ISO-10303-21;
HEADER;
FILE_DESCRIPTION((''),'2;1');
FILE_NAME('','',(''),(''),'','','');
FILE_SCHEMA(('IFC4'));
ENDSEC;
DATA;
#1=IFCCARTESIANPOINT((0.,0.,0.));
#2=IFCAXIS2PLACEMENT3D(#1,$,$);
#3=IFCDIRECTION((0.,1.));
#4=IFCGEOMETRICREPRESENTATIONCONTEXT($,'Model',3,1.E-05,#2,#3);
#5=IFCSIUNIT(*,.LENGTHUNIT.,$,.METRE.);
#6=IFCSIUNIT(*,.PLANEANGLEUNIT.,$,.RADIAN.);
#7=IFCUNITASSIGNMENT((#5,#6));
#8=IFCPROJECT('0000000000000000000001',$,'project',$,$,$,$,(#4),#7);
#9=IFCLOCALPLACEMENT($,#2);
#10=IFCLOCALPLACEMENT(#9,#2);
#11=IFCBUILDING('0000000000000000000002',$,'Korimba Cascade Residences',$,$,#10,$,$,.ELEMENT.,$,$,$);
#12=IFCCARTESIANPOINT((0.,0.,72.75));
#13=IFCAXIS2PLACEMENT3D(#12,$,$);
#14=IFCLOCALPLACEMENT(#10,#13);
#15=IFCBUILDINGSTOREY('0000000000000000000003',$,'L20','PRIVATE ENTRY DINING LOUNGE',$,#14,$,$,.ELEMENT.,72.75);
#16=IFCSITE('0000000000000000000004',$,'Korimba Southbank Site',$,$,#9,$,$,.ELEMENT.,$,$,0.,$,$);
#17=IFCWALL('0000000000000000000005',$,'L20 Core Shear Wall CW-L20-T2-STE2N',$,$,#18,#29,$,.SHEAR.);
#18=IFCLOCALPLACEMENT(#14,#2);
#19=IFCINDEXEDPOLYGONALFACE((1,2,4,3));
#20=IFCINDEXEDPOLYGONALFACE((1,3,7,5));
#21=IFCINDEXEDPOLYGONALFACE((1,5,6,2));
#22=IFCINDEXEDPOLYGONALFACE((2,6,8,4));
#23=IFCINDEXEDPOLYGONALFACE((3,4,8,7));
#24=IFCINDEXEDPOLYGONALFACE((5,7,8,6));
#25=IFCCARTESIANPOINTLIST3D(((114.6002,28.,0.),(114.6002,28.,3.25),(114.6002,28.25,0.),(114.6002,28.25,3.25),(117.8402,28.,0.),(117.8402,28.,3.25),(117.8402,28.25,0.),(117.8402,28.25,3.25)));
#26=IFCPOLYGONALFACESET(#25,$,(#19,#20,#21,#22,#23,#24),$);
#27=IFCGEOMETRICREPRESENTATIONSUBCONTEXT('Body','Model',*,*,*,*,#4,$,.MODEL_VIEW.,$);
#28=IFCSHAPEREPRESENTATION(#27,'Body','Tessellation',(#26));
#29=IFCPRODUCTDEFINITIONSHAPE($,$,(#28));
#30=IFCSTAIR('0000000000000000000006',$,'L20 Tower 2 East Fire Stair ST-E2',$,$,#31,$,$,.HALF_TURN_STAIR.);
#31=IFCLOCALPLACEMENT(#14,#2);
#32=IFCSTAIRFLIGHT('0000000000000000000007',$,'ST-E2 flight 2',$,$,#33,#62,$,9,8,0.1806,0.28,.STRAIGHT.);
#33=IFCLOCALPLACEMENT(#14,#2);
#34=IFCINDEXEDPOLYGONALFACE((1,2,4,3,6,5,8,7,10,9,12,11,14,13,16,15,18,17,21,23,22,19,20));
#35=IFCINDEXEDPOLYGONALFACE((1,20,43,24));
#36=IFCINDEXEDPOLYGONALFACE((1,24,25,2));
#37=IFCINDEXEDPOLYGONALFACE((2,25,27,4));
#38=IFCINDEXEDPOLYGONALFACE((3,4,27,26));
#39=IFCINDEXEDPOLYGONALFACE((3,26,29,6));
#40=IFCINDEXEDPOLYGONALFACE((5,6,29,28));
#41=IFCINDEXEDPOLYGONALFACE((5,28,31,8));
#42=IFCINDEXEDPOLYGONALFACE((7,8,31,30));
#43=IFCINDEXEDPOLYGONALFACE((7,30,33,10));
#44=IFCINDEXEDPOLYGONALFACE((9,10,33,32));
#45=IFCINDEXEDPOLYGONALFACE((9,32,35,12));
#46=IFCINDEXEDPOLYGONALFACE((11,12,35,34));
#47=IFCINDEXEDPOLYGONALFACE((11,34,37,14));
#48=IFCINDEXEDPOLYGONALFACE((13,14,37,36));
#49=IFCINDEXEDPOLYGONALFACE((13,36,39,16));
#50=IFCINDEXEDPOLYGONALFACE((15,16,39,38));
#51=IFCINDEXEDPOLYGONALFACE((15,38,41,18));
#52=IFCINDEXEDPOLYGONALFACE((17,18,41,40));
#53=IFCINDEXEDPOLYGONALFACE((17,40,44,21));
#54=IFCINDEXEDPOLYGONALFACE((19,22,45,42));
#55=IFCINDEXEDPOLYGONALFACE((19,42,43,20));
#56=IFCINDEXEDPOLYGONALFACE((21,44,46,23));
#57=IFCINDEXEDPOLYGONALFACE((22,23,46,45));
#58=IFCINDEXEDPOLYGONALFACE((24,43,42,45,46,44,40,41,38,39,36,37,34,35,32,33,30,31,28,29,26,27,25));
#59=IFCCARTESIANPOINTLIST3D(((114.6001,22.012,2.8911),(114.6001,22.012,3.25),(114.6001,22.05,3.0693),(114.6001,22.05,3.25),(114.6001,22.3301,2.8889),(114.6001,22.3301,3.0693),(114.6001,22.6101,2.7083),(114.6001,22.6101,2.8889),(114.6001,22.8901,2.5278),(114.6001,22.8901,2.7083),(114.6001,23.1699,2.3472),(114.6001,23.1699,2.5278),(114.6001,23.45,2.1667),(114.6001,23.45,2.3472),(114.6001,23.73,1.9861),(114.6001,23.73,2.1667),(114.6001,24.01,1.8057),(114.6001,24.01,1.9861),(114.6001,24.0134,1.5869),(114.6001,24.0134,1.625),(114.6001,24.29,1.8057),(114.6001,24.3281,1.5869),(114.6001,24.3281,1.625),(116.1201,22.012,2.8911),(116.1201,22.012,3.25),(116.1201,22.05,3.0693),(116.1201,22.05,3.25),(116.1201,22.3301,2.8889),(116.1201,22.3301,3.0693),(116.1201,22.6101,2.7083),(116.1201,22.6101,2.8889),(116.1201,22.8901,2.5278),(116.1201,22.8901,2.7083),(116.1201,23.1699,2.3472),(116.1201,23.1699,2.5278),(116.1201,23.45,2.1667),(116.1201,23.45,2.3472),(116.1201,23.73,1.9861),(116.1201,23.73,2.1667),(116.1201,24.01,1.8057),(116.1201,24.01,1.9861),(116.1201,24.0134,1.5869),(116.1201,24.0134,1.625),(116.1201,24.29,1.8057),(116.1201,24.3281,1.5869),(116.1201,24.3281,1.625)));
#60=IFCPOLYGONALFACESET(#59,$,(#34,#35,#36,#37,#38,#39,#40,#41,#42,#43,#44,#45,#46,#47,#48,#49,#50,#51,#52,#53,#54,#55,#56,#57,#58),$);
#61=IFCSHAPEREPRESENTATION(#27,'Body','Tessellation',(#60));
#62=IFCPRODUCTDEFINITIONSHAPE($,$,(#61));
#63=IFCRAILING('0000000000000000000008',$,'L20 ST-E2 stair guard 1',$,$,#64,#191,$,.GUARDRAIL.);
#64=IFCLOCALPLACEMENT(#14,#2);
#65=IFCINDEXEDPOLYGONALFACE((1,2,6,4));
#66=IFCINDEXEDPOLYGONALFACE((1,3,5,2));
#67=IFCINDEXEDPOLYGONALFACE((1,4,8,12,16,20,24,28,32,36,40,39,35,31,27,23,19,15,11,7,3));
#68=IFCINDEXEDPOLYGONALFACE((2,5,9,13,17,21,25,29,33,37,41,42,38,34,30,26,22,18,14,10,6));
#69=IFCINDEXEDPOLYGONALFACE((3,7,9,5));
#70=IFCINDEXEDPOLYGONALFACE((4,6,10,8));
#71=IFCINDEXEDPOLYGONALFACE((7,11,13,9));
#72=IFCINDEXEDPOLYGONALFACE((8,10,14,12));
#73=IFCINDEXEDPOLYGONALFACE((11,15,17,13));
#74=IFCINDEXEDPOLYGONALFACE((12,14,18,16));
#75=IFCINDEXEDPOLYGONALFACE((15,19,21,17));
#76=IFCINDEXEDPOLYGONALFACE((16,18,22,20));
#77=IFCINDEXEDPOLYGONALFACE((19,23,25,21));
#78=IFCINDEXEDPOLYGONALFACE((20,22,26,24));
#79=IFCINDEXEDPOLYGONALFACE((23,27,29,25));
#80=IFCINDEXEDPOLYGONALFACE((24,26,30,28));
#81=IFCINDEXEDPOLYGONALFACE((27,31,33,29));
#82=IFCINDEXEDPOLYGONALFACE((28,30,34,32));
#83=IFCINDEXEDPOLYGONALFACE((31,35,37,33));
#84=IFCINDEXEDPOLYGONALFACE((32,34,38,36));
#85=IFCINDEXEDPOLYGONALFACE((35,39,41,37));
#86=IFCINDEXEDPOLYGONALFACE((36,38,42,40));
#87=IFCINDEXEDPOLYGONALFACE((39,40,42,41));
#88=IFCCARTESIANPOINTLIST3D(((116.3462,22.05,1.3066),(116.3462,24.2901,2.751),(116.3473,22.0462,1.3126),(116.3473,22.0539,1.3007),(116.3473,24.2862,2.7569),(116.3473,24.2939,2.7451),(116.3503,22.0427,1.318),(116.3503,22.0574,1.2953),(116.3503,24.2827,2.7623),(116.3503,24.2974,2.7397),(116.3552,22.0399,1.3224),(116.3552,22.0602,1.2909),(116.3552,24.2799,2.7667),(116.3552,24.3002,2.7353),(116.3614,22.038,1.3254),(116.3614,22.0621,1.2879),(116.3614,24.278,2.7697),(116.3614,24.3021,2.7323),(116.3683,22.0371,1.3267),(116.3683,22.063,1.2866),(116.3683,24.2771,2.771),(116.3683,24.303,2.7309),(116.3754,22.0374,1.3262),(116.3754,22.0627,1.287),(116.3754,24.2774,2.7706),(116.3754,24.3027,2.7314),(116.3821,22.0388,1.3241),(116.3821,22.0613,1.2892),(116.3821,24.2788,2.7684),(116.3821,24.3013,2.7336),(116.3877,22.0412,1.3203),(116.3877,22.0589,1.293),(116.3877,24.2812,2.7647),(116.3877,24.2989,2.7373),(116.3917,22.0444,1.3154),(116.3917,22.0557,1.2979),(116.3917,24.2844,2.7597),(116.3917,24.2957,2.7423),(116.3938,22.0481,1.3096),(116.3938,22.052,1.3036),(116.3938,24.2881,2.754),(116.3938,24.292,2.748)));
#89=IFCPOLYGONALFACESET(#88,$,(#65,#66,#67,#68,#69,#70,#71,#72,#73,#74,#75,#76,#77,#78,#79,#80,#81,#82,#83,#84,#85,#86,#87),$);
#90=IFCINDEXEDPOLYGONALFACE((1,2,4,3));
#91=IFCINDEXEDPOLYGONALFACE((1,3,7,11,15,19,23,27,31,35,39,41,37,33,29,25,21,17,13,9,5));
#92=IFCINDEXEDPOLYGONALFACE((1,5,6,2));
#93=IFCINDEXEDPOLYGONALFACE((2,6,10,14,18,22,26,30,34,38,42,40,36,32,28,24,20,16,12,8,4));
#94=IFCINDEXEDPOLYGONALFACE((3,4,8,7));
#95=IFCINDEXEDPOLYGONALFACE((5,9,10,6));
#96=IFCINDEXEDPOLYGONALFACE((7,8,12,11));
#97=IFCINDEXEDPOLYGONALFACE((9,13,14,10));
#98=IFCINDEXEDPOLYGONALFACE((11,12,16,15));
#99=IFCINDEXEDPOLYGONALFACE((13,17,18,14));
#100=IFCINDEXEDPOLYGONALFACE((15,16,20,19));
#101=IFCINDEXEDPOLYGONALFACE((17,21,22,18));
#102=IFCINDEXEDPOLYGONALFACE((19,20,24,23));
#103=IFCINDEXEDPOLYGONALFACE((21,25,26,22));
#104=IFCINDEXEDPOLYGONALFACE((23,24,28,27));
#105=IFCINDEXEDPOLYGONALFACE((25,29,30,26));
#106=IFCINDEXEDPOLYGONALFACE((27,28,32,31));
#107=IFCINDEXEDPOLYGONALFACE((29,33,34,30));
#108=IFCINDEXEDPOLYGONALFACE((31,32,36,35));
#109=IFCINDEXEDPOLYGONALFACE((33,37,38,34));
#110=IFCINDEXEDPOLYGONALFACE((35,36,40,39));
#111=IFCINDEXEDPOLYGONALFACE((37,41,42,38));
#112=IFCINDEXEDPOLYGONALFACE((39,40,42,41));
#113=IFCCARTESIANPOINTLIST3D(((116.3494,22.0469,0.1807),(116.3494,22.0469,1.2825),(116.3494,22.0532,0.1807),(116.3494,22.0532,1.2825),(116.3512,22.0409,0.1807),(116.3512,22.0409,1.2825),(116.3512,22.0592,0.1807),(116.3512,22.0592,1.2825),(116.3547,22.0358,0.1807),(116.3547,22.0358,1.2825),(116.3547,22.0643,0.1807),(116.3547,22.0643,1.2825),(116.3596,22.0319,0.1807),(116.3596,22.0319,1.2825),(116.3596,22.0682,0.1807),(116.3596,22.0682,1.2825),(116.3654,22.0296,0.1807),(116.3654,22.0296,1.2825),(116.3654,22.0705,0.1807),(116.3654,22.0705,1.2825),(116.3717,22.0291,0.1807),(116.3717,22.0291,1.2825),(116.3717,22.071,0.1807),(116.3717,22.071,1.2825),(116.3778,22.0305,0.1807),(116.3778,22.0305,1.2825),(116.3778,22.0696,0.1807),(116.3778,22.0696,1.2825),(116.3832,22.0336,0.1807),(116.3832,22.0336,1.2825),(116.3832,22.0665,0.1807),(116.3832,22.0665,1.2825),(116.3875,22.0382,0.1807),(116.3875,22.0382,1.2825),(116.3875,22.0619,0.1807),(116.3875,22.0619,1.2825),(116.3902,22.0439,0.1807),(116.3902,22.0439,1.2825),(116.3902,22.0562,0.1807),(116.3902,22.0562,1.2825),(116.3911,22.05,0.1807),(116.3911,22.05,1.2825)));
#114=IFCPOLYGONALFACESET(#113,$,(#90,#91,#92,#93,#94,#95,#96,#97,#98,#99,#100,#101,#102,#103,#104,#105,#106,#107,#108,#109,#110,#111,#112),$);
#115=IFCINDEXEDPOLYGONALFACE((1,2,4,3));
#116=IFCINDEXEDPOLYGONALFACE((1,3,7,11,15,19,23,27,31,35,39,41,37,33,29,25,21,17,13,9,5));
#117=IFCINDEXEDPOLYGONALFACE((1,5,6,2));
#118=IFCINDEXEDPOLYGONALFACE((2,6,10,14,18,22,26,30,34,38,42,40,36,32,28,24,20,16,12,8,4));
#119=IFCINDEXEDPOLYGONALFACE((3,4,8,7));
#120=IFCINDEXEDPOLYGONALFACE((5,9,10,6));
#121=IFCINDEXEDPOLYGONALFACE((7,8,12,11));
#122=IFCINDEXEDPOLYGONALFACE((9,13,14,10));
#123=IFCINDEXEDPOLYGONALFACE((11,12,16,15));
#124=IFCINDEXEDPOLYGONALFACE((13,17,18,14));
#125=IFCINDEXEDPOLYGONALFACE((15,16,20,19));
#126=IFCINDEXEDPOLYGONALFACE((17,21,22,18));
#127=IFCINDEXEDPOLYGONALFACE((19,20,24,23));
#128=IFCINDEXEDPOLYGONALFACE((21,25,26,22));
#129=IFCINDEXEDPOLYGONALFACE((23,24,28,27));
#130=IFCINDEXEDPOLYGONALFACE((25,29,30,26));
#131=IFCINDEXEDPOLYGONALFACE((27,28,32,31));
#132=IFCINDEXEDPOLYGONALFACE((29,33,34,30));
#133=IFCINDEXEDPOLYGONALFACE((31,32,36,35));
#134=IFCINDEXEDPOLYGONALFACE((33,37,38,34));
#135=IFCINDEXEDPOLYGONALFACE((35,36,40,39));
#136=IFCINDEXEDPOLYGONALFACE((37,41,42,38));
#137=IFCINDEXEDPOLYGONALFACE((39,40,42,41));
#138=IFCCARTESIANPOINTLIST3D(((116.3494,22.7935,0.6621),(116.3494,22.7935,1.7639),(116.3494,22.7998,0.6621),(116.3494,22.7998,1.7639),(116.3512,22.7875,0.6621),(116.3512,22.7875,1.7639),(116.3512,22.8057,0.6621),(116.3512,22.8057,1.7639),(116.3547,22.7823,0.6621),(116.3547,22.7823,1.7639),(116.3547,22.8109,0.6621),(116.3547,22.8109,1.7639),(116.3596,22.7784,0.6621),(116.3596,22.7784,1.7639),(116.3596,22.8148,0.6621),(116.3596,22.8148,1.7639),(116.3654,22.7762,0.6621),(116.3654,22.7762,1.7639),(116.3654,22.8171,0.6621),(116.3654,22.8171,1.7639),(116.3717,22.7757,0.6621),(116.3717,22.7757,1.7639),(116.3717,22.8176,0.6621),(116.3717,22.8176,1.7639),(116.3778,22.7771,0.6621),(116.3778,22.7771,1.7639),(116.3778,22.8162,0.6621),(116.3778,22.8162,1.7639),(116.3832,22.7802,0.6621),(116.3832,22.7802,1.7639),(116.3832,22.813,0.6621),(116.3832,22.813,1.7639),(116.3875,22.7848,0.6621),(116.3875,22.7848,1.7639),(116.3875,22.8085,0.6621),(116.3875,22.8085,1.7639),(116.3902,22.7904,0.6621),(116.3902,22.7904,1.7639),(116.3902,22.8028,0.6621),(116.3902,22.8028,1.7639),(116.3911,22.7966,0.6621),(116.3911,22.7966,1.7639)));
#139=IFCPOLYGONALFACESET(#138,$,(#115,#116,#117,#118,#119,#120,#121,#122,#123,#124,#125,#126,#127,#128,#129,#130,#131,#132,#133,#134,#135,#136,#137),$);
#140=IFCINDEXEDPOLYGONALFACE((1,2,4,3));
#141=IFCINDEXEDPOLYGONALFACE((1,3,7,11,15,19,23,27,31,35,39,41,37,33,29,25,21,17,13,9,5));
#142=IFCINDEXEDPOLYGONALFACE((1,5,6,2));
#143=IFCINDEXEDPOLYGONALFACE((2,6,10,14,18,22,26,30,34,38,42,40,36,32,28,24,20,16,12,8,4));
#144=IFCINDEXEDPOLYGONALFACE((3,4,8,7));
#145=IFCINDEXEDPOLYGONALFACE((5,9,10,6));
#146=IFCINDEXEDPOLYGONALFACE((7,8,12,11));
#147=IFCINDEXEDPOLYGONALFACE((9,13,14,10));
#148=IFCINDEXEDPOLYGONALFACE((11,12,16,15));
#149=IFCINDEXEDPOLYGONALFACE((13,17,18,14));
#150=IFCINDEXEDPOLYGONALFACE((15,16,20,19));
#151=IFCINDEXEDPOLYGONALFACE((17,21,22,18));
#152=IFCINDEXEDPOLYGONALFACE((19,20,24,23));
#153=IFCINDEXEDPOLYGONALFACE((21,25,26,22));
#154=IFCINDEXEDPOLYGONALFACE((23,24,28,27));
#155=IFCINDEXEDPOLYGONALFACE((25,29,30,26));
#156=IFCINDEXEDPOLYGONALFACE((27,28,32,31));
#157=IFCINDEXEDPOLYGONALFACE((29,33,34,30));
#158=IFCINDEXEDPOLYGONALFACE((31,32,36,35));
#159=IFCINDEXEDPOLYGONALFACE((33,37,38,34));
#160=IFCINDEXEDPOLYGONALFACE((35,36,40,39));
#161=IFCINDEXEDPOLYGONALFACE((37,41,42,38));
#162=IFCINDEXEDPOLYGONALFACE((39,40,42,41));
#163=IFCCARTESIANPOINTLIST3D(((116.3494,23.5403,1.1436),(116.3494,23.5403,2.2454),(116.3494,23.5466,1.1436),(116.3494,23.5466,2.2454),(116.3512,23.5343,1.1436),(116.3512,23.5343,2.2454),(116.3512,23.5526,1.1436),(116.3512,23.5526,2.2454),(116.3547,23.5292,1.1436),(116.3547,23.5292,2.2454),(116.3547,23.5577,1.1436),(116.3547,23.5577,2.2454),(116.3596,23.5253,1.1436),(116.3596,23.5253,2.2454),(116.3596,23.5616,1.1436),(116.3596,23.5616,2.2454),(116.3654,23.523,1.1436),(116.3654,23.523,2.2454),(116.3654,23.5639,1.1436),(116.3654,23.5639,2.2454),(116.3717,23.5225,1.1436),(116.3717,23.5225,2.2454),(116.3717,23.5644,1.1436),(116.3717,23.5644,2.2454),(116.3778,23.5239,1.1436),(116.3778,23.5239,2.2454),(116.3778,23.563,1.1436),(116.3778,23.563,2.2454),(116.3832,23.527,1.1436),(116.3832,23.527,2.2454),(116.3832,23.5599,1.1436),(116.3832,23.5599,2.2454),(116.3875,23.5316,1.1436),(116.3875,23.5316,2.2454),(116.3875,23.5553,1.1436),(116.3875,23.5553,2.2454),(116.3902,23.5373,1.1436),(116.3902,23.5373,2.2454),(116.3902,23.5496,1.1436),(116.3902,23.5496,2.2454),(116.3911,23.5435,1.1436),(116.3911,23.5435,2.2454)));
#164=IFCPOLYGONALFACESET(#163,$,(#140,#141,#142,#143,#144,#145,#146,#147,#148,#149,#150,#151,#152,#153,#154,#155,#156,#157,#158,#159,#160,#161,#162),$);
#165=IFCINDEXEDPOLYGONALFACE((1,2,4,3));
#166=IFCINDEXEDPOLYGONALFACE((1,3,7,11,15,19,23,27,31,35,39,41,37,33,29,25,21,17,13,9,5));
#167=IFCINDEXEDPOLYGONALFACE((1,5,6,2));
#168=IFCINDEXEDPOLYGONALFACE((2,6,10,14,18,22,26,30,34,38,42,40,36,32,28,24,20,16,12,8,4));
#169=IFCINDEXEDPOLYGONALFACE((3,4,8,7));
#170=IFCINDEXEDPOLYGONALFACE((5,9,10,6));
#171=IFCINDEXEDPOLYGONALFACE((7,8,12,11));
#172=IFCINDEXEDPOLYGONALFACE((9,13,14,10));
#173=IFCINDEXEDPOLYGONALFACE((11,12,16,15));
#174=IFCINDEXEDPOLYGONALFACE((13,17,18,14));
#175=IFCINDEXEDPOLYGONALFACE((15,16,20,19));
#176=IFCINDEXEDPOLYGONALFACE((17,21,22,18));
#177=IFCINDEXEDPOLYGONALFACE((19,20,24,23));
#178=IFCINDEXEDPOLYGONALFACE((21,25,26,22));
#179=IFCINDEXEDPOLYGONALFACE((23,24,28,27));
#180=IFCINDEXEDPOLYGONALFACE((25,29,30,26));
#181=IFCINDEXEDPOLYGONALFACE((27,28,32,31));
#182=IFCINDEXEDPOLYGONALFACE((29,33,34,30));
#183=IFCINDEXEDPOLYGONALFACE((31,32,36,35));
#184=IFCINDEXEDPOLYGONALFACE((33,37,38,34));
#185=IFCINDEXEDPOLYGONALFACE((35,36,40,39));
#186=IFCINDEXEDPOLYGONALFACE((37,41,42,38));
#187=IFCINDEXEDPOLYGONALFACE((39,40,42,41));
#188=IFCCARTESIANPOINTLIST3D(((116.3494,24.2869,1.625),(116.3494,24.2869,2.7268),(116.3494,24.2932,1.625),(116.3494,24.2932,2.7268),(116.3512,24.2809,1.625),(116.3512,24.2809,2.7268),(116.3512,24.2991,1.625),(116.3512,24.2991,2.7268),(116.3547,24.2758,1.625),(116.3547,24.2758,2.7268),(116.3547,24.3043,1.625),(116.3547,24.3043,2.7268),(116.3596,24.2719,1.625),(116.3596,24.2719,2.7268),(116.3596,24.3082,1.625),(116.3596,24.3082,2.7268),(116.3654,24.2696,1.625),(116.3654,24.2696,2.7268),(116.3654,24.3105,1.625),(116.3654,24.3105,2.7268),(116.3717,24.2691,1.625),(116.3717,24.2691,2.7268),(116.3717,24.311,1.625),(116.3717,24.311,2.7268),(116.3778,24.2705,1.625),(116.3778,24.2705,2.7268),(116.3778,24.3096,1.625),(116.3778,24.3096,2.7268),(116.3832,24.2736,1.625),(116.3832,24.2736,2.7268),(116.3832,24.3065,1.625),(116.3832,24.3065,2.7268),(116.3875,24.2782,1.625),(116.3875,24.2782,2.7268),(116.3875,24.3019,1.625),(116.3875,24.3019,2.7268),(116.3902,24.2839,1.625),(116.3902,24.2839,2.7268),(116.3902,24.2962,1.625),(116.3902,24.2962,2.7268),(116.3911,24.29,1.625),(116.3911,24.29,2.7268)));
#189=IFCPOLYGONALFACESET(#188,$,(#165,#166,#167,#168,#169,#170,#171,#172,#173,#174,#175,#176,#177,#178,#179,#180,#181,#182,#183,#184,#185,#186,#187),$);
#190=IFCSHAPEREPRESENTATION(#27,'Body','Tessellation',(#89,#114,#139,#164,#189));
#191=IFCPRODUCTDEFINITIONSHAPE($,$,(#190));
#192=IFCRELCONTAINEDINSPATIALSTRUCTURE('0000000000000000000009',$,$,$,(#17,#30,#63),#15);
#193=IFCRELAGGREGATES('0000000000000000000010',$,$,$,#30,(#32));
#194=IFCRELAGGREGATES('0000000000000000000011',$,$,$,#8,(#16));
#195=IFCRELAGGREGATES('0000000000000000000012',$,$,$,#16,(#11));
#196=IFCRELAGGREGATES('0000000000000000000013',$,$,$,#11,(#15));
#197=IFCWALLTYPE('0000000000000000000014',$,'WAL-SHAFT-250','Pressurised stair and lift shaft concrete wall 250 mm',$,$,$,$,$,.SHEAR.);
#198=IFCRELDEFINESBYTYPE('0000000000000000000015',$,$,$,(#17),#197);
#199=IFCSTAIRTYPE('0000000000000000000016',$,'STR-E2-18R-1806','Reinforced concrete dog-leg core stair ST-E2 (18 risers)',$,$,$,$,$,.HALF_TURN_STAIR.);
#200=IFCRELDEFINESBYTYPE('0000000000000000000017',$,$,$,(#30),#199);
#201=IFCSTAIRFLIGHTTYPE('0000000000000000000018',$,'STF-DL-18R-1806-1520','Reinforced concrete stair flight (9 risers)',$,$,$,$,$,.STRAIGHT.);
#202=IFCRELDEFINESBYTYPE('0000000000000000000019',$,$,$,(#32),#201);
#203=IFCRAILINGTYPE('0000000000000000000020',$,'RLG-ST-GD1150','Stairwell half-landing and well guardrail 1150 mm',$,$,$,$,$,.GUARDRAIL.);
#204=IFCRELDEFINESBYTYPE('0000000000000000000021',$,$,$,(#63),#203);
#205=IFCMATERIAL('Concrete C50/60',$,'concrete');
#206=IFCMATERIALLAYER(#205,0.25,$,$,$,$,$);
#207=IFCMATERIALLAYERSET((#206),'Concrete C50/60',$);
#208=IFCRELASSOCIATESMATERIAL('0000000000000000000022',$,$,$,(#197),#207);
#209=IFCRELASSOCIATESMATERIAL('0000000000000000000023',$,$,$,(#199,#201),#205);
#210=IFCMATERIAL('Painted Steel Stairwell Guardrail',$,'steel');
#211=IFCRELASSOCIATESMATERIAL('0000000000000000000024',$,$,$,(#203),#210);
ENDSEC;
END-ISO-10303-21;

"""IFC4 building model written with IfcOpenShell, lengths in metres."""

from ifc_helpers import new_model, si_unit, direction, frame, frame_2d, origin, origin_2d, place, context, subcontext, project, spatial, polyline, rectangle, circle, outline, extrude, material, layer, layer_set, type_object, element, aggregate, save


model = new_model("IFC4")

# Units and contexts
model_context = context("Model", 3, precision=1e-05, world=origin(), true_north=direction((0.0, 1.0)))
body_context = subcontext(model_context, "Body", "Model", "MODEL_VIEW")
ifc_project = project(units=[si_unit("LENGTHUNIT", "METRE"), si_unit("PLANEANGLEUNIT", "RADIAN")], contexts=[model_context])

# Site, building, storey
site_placement = place(None, origin())
site = spatial("IfcSite", under=ifc_project, at=site_placement, Name="Korimba Southbank Site", CompositionType="ELEMENT", RefElevation=0.0)
building_placement = place(site_placement, origin())
building = spatial("IfcBuilding", under=site, at=building_placement, Name="Korimba Cascade Residences", CompositionType="ELEMENT")
storey_placement = place(building_placement, frame((0.0, 0.0, 72.75)))
storey = spatial("IfcBuildingStorey", under=building, at=storey_placement, Name="L20", Description="PRIVATE ENTRY DINING LOUNGE", CompositionType="ELEMENT", Elevation=72.75)

# Shared definitions
ifc_material_1 = material(Name="Concrete C50/60", Category="concrete")

# Shared definitions
ifc_layer_1 = layer(ifc_material_1, 0.25)
ifc_layer_set_1 = layer_set([ifc_layer_1], Name="Concrete C50/60")
wall_type_1 = type_object("IfcWallType", Name="WAL-SHAFT-250", Description="Pressurised stair and lift shaft concrete wall 250 mm", PredefinedType="SHEAR", material=ifc_layer_set_1)

# Wall
for number, where, z_axis, x_axis, name in (
    (1, (114.6001, 28.125, 0.0), (0.0, 0.0, 1.0), (1.0, 0.0, 0.0), "L20 Core Shear Wall CW-L20-T2-STE2N"),
):
    element("IfcWall", number, at=place(storey_placement, frame(where, z_axis=z_axis, x_axis=x_axis)), inside=storey, type_object=wall_type_1, Name=name, PredefinedType="SHEAR", context=body_context, shape_type="SweptSolid", body=[
        extrude(rectangle(XDim=3.24, YDim=0.25, at=frame_2d((1.6201, 0.0))), origin(), (0.0, 0.0, 1.0), 3.25),
    ])

# Stair, stair flight
stair_type = type_object("IfcStairType", Name="STR-E2-18R-1806", Description="Reinforced concrete dog-leg core stair ST-E2 (18 risers)", PredefinedType="HALF_TURN_STAIR", material=ifc_material_1)
stair_placement = place(storey_placement, origin())
stair = element("IfcStair", 2, at=stair_placement, inside=storey, type_object=stair_type, Name="L20 Tower 2 East Fire Stair ST-E2", PredefinedType="HALF_TURN_STAIR")
stair_flight_type = type_object("IfcStairFlightType", Name="STF-DL-18R-1806-1520", Description="Reinforced concrete stair flight (9 risers)", PredefinedType="STRAIGHT", material=ifc_material_1)
stair_flight_placement = place(storey_placement, frame((115.3601, 24.29, 1.625), z_axis=(0.0, 0.0, 1.0), x_axis=(0.0, -1.0, 0.0)))
stair_flight = element("IfcStairFlight", 3, at=stair_flight_placement, type_object=stair_flight_type, Name="ST-E2 flight 2", NumberOfRisers=9, NumberOfTreads=8, PredefinedType="STRAIGHT", RiserHeight=0.1806, TreadLength=0.28, context=body_context, shape_type="SweptSolid", body=[
    extrude(outline(polyline([(-0.0381, 0.0), (0.0, 0.1807), (0.28, 0.1807), (0.28, 0.3611), (0.5601, 0.3611), (0.5601, 0.5417), (0.8401, 0.5417), (0.8401, 0.7222), (1.1201, 0.7222), (1.1201, 0.9028), (1.3999, 0.9028), (1.3999, 1.0833), (1.6799, 1.0833), (1.6799, 1.2639), (1.96, 1.2639), (1.96, 1.4443), (2.24, 1.4443), (2.24, 1.625), (2.2781, 1.625), (2.2781, 1.2661), (0.2766, 0.0), (0.2766, -0.0381), (-0.0381, -0.0381), (-0.0381, 0.0)])), frame((0.0, 0.76, 0.0), z_axis=(0.0, -1.0, 0.0), x_axis=(1.0, 0.0, 0.0)), (0.0, 0.0, 1.0), 1.52),
])
aggregate(stair, [stair_flight])

# Railing
ifc_material_2 = material(Name="Painted Steel Stairwell Guardrail", Category="steel")
railing_type_1 = type_object("IfcRailingType", Name="RLG-ST-GD1150", Description="Stairwell half-landing and well guardrail 1150 mm", PredefinedType="GUARDRAIL", material=ifc_material_2)
railing_1_placement = place(storey_placement, frame((116.3701, 22.05, 0.1807)))
element("IfcRailing", 4, at=railing_1_placement, inside=storey, type_object=railing_type_1, Name="L20 ST-E2 stair guard 1", PredefinedType="GUARDRAIL", context=body_context, shape_type="SweptSolid", body=[
    extrude(circle(Radius=0.0239, at=origin_2d()), frame((0.0, 0.0, 1.126), z_axis=(0.0, 0.840437, 0.54191), x_axis=(-1.0, 0.0, 0.0)), (0.0, 0.0, 1.0), 2.6653),
    extrude(circle(Radius=0.021, at=origin_2d()), origin(), (0.0, 0.0, 1.0), 1.1018),
    extrude(circle(Radius=0.021, at=origin_2d()), frame((0.0, 0.7466, 0.4814)), (0.0, 0.0, 1.0), 1.1018),
    extrude(circle(Radius=0.021, at=origin_2d()), frame((0.0, 1.4934, 0.9629)), (0.0, 0.0, 1.0), 1.1018),
    extrude(circle(Radius=0.021, at=origin_2d()), frame((0.0, 2.24, 1.4443)), (0.0, 0.0, 1.0), 1.1018),
])

save(model, "model.ifc")
